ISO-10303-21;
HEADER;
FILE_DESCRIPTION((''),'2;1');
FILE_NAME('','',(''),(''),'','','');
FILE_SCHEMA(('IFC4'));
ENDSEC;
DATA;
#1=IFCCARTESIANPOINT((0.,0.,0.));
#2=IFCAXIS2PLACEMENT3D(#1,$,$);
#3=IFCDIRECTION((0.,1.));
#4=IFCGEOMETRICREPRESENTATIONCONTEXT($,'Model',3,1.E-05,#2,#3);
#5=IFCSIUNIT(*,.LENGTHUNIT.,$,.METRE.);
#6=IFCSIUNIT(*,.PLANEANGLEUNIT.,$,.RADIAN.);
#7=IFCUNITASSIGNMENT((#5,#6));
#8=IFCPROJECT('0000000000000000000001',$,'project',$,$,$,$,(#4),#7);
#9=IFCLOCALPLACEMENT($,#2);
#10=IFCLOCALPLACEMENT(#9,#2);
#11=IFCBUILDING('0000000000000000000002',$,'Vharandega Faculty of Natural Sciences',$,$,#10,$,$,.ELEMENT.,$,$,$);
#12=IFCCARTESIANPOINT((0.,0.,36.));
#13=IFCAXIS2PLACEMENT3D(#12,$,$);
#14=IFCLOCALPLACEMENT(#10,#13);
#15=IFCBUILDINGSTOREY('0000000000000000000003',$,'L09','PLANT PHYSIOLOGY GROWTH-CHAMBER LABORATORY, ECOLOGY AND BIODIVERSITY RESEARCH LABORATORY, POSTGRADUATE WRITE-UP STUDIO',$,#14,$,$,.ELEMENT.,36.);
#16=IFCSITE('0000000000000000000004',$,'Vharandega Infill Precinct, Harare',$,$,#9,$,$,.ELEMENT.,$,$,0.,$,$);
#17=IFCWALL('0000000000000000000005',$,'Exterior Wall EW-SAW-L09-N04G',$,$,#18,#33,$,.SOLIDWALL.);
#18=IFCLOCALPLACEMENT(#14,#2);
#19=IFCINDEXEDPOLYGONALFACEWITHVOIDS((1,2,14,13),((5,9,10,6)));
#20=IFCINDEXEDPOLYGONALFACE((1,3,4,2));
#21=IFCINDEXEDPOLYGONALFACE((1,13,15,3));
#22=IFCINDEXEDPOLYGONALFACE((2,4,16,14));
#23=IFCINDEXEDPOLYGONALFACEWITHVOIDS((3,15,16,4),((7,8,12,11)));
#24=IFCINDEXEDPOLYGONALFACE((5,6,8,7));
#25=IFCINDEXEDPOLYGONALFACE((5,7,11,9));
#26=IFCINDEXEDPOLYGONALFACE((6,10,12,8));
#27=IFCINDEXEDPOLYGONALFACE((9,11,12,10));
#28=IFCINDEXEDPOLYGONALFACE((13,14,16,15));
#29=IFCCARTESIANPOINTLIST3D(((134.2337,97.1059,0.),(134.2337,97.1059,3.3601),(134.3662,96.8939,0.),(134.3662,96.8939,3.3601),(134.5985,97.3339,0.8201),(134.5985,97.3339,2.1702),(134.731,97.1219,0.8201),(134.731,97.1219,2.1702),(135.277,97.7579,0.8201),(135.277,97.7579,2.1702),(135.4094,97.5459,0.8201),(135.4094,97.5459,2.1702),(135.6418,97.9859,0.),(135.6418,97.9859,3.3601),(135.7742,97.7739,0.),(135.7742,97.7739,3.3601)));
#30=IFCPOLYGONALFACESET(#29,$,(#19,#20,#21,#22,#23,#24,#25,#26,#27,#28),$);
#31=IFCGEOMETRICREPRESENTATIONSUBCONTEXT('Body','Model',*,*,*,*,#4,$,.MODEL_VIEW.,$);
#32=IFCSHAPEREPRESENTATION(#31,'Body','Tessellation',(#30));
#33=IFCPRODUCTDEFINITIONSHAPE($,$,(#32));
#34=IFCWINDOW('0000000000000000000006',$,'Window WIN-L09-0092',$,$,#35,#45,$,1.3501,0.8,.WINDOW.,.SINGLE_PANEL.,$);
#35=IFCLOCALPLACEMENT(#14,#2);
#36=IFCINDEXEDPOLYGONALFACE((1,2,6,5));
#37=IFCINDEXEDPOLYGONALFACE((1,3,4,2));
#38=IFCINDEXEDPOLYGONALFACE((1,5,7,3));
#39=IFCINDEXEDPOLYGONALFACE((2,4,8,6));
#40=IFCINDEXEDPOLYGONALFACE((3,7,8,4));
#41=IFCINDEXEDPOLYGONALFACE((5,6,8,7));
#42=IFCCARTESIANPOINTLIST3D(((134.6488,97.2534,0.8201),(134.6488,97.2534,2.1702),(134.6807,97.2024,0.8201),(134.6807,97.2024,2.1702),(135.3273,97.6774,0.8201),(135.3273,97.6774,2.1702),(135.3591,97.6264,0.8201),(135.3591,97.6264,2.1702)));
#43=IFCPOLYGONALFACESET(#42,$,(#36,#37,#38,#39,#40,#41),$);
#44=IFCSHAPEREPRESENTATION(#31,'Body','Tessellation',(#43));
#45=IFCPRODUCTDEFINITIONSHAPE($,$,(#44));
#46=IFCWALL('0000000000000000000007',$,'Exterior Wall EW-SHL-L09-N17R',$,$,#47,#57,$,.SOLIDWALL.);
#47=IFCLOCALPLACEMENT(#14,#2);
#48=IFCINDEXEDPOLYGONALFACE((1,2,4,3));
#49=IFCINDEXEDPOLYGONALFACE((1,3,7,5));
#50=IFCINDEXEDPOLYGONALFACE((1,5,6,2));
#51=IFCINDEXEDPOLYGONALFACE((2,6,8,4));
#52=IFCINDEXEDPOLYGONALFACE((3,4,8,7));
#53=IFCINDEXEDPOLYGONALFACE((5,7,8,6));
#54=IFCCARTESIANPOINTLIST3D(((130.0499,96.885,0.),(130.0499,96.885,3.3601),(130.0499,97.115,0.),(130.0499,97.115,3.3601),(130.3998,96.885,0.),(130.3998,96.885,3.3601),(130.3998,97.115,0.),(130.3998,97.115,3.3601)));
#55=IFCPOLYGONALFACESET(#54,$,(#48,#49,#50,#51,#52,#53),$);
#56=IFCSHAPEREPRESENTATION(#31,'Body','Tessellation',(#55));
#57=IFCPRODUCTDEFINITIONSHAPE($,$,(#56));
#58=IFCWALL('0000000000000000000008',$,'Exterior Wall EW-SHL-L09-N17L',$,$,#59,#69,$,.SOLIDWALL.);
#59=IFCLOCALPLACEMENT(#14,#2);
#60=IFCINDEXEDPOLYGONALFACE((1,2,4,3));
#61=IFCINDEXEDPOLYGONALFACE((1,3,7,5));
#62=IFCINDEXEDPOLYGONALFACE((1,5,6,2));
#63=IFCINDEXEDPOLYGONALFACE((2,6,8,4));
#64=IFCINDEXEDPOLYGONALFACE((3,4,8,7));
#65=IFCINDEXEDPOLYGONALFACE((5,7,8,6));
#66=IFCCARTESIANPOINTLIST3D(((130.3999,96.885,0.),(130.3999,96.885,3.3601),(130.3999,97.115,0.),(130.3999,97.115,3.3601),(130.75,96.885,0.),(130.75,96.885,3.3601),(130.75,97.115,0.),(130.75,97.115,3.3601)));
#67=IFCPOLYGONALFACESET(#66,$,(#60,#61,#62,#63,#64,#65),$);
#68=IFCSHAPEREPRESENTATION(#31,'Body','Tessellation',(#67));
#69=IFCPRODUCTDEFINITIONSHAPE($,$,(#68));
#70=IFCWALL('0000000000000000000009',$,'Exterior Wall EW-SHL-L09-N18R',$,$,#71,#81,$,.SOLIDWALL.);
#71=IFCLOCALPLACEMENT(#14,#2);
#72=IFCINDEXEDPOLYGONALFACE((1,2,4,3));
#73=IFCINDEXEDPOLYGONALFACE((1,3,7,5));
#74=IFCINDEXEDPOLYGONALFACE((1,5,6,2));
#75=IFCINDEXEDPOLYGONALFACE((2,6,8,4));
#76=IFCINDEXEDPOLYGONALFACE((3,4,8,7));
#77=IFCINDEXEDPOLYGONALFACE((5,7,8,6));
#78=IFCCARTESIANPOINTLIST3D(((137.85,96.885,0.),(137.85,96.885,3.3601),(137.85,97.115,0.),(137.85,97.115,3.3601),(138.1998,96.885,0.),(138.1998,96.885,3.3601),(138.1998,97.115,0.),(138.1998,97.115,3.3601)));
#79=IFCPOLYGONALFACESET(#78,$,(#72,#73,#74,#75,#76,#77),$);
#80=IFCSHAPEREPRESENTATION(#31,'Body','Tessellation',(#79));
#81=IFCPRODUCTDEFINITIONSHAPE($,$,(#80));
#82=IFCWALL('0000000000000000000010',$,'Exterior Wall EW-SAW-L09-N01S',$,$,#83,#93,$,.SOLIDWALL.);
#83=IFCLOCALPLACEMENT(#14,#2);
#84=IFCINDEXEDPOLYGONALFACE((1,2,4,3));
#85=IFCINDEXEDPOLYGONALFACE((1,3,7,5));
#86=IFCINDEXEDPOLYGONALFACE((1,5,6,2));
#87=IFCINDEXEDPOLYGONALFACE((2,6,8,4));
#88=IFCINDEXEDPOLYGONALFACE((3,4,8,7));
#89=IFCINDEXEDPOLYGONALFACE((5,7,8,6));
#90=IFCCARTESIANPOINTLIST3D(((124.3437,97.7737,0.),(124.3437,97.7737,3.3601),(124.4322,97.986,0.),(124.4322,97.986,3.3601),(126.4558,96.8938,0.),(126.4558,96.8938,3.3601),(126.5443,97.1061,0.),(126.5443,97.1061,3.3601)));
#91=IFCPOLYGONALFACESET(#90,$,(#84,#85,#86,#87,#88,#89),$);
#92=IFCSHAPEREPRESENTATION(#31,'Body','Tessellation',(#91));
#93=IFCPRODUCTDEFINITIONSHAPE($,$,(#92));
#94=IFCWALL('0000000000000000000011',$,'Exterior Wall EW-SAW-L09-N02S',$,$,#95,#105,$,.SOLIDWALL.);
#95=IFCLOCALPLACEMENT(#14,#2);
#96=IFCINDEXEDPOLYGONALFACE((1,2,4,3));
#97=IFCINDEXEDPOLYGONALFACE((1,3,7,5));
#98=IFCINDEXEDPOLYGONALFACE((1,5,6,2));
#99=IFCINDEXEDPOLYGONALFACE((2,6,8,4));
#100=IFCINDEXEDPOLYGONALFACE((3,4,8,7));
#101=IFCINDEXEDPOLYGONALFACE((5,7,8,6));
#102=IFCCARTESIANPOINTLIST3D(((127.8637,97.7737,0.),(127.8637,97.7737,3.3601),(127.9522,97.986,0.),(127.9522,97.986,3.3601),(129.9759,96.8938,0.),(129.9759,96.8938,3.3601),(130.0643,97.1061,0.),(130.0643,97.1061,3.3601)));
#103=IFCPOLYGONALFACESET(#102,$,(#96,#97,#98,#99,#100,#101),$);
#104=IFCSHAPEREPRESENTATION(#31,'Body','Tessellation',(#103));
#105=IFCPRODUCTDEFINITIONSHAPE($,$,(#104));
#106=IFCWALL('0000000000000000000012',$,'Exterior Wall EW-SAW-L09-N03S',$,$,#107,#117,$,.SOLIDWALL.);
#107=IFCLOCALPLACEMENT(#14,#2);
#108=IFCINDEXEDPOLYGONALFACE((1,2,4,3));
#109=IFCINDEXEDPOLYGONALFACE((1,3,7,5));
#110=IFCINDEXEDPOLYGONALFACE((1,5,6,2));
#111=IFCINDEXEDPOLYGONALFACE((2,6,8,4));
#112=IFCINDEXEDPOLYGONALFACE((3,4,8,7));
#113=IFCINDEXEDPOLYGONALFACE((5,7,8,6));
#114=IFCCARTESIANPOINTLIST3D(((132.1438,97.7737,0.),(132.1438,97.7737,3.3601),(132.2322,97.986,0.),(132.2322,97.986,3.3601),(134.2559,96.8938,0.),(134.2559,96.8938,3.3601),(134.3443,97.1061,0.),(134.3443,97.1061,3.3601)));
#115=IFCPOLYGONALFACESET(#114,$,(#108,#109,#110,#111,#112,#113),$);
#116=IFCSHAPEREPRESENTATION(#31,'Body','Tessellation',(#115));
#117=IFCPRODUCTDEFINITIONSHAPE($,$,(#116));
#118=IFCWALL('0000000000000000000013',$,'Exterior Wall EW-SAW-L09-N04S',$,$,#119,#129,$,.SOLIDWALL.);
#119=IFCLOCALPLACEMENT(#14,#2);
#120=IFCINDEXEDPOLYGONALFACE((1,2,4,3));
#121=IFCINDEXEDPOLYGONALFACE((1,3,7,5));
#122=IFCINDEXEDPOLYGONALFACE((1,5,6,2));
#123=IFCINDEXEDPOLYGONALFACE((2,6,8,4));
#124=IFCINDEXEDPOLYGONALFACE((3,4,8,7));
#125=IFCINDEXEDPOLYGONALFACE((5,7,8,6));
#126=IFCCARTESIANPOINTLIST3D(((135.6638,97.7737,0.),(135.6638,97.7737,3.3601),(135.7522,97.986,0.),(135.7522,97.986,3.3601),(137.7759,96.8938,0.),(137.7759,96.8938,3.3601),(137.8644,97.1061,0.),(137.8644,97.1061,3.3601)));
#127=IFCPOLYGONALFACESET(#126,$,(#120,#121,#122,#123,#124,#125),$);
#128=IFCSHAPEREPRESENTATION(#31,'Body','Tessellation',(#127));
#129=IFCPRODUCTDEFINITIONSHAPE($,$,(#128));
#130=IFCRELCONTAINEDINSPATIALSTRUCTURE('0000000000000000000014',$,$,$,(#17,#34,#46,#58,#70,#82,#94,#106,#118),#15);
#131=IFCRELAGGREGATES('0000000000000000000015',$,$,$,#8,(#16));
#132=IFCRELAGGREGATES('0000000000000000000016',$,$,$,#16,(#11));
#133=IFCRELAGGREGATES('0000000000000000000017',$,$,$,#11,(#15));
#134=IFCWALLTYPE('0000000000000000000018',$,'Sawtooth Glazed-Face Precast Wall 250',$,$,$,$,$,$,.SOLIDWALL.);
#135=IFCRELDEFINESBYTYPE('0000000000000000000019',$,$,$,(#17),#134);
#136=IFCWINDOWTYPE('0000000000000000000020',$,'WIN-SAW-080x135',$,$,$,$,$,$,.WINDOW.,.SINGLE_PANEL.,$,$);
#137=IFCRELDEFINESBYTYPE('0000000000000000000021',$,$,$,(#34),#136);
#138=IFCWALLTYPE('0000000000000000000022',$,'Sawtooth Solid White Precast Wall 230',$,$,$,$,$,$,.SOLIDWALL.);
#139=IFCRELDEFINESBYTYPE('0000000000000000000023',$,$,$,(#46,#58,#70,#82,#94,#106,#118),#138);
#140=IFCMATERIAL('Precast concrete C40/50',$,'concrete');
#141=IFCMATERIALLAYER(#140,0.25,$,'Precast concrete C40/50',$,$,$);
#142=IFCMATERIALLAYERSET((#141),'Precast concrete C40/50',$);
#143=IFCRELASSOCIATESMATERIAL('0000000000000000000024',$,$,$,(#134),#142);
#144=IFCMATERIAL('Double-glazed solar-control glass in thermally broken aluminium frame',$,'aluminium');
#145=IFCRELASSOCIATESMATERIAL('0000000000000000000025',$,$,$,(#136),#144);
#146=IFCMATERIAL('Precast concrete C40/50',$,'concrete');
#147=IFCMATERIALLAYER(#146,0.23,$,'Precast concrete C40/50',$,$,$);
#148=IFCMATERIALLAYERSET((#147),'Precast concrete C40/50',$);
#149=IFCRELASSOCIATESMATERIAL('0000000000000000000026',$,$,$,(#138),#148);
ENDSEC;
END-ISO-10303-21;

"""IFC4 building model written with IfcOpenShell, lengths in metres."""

from ifc_helpers import new_model, si_unit, direction, frame, frame_2d, origin, place, context, subcontext, project, spatial, rectangle, extrude, material, layer, layer_set, type_object, element, fill, save


model = new_model("IFC4")

# Units and contexts
model_context = context("Model", 3, precision=1e-05, world=origin(), true_north=direction((0.0, 1.0)))
body_context = subcontext(model_context, "Body", "Model", "MODEL_VIEW")
ifc_project = project(units=[si_unit("LENGTHUNIT", "METRE"), si_unit("PLANEANGLEUNIT", "RADIAN")], contexts=[model_context])

# Site, building, storey
site_placement = place(None, origin())
site = spatial("IfcSite", under=ifc_project, at=site_placement, Name="Vharandega Infill Precinct, Harare", CompositionType="ELEMENT", RefElevation=0.0)
building_placement = place(site_placement, origin())
building = spatial("IfcBuilding", under=site, at=building_placement, Name="Vharandega Faculty of Natural Sciences", CompositionType="ELEMENT")
storey_placement = place(building_placement, frame((0.0, 0.0, 36.0)))
storey = spatial("IfcBuildingStorey", under=building, at=storey_placement, Name="L09", Description="PLANT PHYSIOLOGY GROWTH-CHAMBER LABORATORY, ECOLOGY AND BIODIVERSITY RESEARCH LABORATORY, POSTGRADUATE WRITE-UP STUDIO", CompositionType="ELEMENT", Elevation=36.0)

# Wall, opening, window
ifc_material_1 = material(Name="Precast concrete C40/50", Category="concrete")
ifc_layer_1 = layer(ifc_material_1, 0.25, Name="Precast concrete C40/50")
ifc_layer_set_1 = layer_set([ifc_layer_1], Name="Precast concrete C40/50")
wall_type_1 = type_object("IfcWallType", Name="Sawtooth Glazed-Face Precast Wall 250", PredefinedType="SOLIDWALL", material=ifc_layer_set_1)
wall_1_placement = place(storey_placement, frame((134.3, 97.0, 0.0), z_axis=(0.0, 0.0, 1.0), x_axis=(0.848023, 0.529959, 0.0)))
wall_1 = element("IfcWall", 1, at=wall_1_placement, inside=storey, type_object=wall_type_1, Name="Exterior Wall EW-SAW-L09-N04G", PredefinedType="SOLIDWALL", context=body_context, shape_type="SweptSolid", body=[
    extrude(rectangle(XDim=1.6604, YDim=0.25, at=frame_2d((0.8301, 0.0))), origin(), (0.0, 0.0, 1.0), 3.3601),
])
opening_1_placement = place(wall_1_placement, frame((0.4302, 0.0, 0.8201)))
opening_1 = element("IfcOpeningElement", 2, at=opening_1_placement, cuts=wall_1, PredefinedType="OPENING", context=body_context, shape_type="SweptSolid", body=[
    extrude(rectangle(XDim=0.8, YDim=1.3501, at=frame_2d((0.3999, 0.675))), frame((0.0, 0.135, 0.0), z_axis=(0.0, -1.0, 0.0), x_axis=(1.0, 0.0, 0.0)), (0.0, 0.0, 1.0), 0.27),
])
ifc_material_2 = material(Name="Double-glazed solar-control glass in thermally broken aluminium frame", Category="aluminium")
window_type_1 = type_object("IfcWindowType", Name="WIN-SAW-080x135", PartitioningType="SINGLE_PANEL", PredefinedType="WINDOW", material=ifc_material_2)
window_1_placement = place(opening_1_placement, origin())
window_1 = element("IfcWindow", 3, at=window_1_placement, inside=storey, type_object=window_type_1, Name="Window WIN-L09-0092", OverallHeight=1.3501, OverallWidth=0.8, PartitioningType="SINGLE_PANEL", PredefinedType="WINDOW", context=body_context, shape_type="SweptSolid", body=[
    extrude(rectangle(XDim=0.8, YDim=1.3501, at=frame_2d((0.3999, 0.675))), frame((0.0, 0.03, 0.0), z_axis=(0.0, -1.0, 0.0), x_axis=(1.0, 0.0, 0.0)), (0.0, 0.0, 1.0), 0.0601),
])
fill(opening_1, window_1)

# Walls
ifc_material_3 = material(Name="Precast concrete C40/50", Category="concrete")
ifc_layer_2 = layer(ifc_material_3, 0.23, Name="Precast concrete C40/50")
ifc_layer_set_2 = layer_set([ifc_layer_2], Name="Precast concrete C40/50")
wall_type_2 = type_object("IfcWallType", Name="Sawtooth Solid White Precast Wall 230", PredefinedType="SOLIDWALL", material=ifc_layer_set_2)
wall_2_placement = place(storey_placement, frame((130.05, 97.0, 0.0), z_axis=(0.0, 0.0, 1.0), x_axis=(1.0, 0.0, 0.0)))
element("IfcWall", 4, at=wall_2_placement, inside=storey, type_object=wall_type_2, Name="Exterior Wall EW-SHL-L09-N17R", PredefinedType="SOLIDWALL", context=body_context, shape_type="SweptSolid", body=[
    extrude(rectangle(XDim=0.3499, YDim=0.23, at=frame_2d((0.1748, 0.0))), origin(), (0.0, 0.0, 1.0), 3.3601),
])
wall_3_placement = place(storey_placement, frame((130.3999, 97.0, 0.0), z_axis=(0.0, 0.0, 1.0), x_axis=(1.0, 0.0, 0.0)))
element("IfcWall", 5, at=wall_3_placement, inside=storey, type_object=wall_type_2, Name="Exterior Wall EW-SHL-L09-N17L", PredefinedType="SOLIDWALL", context=body_context, shape_type="SweptSolid", body=[
    extrude(rectangle(XDim=0.3501, YDim=0.23, at=frame_2d((0.175, 0.0))), origin(), (0.0, 0.0, 1.0), 3.3601),
])
wall_4_placement = place(storey_placement, frame((137.8501, 97.0, 0.0), z_axis=(0.0, 0.0, 1.0), x_axis=(1.0, 0.0, 0.0)))
element("IfcWall", 6, at=wall_4_placement, inside=storey, type_object=wall_type_2, Name="Exterior Wall EW-SHL-L09-N18R", PredefinedType="SOLIDWALL", context=body_context, shape_type="SweptSolid", body=[
    extrude(rectangle(XDim=0.3499, YDim=0.23, at=frame_2d((0.1748, 0.0))), origin(), (0.0, 0.0, 1.0), 3.3601),
])
for number, where, z_axis, x_axis, name in (
    (7, (124.3879, 97.8799, 0.0), (0.0, 0.0, 1.0), (0.923099, -0.384562, 0.0), "Exterior Wall EW-SAW-L09-N01S"),
    (8, (127.908, 97.8799, 0.0), (0.0, 0.0, 1.0), (0.923099, -0.384562, 0.0), "Exterior Wall EW-SAW-L09-N02S"),
    (9, (132.188, 97.8799, 0.0), (0.0, 0.0, 1.0), (0.923099, -0.384562, 0.0), "Exterior Wall EW-SAW-L09-N03S"),
    (10, (135.708, 97.8799, 0.0), (0.0, 0.0, 1.0), (0.923099, -0.384562, 0.0), "Exterior Wall EW-SAW-L09-N04S"),
):
    element("IfcWall", number, at=place(storey_placement, frame(where, z_axis=z_axis, x_axis=x_axis)), inside=storey, type_object=wall_type_2, Name=name, PredefinedType="SOLIDWALL", context=body_context, shape_type="SweptSolid", body=[
        extrude(rectangle(XDim=2.2881, YDim=0.23, at=frame_2d((1.144, 0.0))), origin(), (0.0, 0.0, 1.0), 3.3601),
    ])

save(model, "model.ifc")
